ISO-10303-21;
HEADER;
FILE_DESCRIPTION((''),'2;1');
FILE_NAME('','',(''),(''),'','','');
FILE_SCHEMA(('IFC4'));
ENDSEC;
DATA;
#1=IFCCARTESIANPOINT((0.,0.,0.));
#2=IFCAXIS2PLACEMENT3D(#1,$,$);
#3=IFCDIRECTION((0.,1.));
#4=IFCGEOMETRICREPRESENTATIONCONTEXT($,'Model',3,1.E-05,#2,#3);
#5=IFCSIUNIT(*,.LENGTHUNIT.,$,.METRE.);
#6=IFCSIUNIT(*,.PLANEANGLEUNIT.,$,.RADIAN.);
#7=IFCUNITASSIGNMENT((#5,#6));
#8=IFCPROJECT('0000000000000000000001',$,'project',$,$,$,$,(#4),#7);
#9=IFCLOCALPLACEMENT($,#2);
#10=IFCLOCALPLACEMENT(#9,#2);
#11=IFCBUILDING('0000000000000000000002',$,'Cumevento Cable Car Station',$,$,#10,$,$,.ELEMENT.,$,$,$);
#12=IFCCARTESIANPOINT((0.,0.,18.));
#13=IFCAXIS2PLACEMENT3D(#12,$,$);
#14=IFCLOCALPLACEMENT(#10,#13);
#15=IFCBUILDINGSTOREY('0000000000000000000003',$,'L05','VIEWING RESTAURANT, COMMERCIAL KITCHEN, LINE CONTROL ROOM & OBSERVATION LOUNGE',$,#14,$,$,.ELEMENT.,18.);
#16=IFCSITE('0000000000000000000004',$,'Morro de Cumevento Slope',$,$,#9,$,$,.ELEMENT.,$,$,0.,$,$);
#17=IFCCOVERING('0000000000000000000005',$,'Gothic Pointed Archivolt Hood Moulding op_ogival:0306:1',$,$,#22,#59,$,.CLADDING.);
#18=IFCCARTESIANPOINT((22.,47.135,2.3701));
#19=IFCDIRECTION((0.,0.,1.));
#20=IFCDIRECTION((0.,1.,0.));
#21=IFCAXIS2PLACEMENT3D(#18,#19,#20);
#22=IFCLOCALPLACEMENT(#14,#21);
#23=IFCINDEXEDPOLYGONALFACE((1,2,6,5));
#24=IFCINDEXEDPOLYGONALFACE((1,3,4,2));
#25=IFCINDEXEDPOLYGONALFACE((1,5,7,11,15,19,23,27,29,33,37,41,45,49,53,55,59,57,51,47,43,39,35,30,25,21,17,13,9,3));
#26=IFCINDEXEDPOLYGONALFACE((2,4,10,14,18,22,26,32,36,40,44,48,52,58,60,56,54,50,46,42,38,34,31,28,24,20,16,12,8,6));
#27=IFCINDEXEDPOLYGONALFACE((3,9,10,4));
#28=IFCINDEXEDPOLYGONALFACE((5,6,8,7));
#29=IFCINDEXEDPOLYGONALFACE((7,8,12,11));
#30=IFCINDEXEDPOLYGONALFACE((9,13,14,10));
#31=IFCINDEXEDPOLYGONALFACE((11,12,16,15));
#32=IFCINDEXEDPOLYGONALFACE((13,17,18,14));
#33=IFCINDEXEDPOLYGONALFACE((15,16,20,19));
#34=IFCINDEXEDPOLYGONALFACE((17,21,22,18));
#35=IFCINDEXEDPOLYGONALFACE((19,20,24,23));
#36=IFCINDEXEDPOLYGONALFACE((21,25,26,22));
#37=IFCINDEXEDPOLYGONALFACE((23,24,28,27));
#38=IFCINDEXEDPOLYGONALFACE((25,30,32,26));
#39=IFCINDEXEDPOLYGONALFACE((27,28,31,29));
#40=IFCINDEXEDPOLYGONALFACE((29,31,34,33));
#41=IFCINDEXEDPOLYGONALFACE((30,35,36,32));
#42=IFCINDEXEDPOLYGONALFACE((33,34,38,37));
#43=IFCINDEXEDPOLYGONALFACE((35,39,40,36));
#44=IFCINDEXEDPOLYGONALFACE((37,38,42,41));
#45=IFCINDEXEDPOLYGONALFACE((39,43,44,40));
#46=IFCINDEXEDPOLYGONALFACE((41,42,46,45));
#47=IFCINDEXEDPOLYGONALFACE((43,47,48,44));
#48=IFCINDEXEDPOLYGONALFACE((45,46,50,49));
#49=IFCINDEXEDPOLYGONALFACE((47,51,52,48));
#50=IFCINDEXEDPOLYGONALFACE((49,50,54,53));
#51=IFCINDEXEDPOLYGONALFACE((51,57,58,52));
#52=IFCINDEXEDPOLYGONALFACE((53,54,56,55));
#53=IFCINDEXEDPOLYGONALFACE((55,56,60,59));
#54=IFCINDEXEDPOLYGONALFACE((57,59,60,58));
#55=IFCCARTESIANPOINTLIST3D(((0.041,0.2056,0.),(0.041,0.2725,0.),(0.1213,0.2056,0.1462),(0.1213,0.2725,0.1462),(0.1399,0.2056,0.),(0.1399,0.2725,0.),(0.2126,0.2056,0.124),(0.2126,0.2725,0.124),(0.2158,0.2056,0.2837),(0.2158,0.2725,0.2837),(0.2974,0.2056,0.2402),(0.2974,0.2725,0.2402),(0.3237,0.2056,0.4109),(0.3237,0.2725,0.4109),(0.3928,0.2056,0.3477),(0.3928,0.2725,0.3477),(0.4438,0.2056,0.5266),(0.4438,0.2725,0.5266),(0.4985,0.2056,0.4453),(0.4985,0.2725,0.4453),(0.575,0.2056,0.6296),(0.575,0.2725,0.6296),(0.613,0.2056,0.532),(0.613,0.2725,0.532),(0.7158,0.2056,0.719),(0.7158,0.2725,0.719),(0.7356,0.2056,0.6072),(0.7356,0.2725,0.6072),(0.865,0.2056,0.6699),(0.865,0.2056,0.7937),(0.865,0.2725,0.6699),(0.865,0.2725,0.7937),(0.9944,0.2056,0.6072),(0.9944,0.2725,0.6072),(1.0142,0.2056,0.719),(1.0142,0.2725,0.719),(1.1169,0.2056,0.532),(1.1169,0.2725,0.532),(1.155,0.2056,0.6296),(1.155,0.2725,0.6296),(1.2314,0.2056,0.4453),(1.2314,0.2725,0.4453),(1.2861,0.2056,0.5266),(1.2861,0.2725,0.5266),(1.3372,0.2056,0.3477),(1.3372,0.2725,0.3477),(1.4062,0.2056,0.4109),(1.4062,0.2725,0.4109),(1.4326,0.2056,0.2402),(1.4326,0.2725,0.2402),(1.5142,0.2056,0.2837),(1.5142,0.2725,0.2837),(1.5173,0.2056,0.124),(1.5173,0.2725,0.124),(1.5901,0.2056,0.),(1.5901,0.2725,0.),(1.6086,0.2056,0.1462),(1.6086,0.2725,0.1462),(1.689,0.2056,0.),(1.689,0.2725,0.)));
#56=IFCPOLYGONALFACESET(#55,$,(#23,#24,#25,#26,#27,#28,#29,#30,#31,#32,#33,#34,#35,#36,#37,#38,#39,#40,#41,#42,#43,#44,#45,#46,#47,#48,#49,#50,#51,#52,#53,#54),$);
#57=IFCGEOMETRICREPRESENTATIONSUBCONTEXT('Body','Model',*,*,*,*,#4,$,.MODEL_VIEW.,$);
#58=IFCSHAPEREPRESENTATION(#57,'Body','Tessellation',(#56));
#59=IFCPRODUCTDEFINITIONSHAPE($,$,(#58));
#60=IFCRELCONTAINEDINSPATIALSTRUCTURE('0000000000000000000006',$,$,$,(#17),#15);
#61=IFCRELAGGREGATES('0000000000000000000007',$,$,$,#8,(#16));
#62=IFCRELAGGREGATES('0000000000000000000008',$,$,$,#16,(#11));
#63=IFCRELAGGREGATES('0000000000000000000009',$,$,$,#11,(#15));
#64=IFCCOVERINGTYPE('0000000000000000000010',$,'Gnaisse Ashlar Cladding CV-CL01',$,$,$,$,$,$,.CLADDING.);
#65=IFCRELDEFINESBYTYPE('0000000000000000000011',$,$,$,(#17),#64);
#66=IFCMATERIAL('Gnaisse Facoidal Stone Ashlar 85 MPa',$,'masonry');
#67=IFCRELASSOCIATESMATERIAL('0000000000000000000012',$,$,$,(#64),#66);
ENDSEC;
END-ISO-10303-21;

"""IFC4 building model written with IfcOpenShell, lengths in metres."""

from ifc_helpers import new_model, si_unit, direction, frame, origin, place, context, subcontext, project, spatial, polyline, outline, extrude, material, type_object, element, save


model = new_model("IFC4")

# Units and contexts
model_context = context("Model", 3, precision=1e-05, world=origin(), true_north=direction((0.0, 1.0)))
body_context = subcontext(model_context, "Body", "Model", "MODEL_VIEW")
ifc_project = project(units=[si_unit("LENGTHUNIT", "METRE"), si_unit("PLANEANGLEUNIT", "RADIAN")], contexts=[model_context])

# Site, building, storey
site_placement = place(None, origin())
site = spatial("IfcSite", under=ifc_project, at=site_placement, Name="Morro de Cumevento Slope", CompositionType="ELEMENT", RefElevation=0.0)
building_placement = place(site_placement, origin())
building = spatial("IfcBuilding", under=site, at=building_placement, Name="Cumevento Cable Car Station", CompositionType="ELEMENT")
storey_placement = place(building_placement, frame((0.0, 0.0, 18.0)))
storey = spatial("IfcBuildingStorey", under=building, at=storey_placement, Name="L05", Description="VIEWING RESTAURANT, COMMERCIAL KITCHEN, LINE CONTROL ROOM & OBSERVATION LOUNGE", CompositionType="ELEMENT", Elevation=18.0)

# Covering
ifc_material_1 = material(Name="Gnaisse Facoidal Stone Ashlar 85 MPa", Category="masonry")
covering_type = type_object("IfcCoveringType", Name="Gnaisse Ashlar Cladding CV-CL01", PredefinedType="CLADDING", material=ifc_material_1)
covering_1_placement = place(storey_placement, frame((22.0, 47.135, 2.3701), z_axis=(0.0, 0.0, 1.0), x_axis=(0.0, 1.0, 0.0)))
element("IfcCovering", 1, at=covering_1_placement, inside=storey, type_object=covering_type, Name="Gothic Pointed Archivolt Hood Moulding op_ogival:0306:1", PredefinedType="CLADDING", context=body_context, shape_type="SweptSolid", body=[
    extrude(outline(polyline([(0.1399, 0.0), (0.2126, 0.124), (0.2974, 0.2402), (0.3928, 0.3477), (0.4985, 0.4453), (0.613, 0.532), (0.7356, 0.6072), (0.865, 0.6699), (0.9944, 0.6072), (1.1169, 0.532), (1.2314, 0.4453), (1.3372, 0.3477), (1.4326, 0.2402), (1.5173, 0.124), (1.5901, 0.0), (1.689, 0.0), (1.6086, 0.1462), (1.5142, 0.2837), (1.4062, 0.4109), (1.2861, 0.5266), (1.155, 0.6296), (1.0142, 0.719), (0.865, 0.7937), (0.7158, 0.719), (0.575, 0.6296), (0.4438, 0.5266), (0.3237, 0.4109), (0.2158, 0.2837), (0.1213, 0.1462), (0.041, 0.0), (0.1399, 0.0)])), frame((0.0, 0.2725, 0.0), z_axis=(0.0, -1.0, 0.0), x_axis=(1.0, 0.0, 0.0)), (0.0, 0.0, 1.0), 0.0669),
])

save(model, "model.ifc")
